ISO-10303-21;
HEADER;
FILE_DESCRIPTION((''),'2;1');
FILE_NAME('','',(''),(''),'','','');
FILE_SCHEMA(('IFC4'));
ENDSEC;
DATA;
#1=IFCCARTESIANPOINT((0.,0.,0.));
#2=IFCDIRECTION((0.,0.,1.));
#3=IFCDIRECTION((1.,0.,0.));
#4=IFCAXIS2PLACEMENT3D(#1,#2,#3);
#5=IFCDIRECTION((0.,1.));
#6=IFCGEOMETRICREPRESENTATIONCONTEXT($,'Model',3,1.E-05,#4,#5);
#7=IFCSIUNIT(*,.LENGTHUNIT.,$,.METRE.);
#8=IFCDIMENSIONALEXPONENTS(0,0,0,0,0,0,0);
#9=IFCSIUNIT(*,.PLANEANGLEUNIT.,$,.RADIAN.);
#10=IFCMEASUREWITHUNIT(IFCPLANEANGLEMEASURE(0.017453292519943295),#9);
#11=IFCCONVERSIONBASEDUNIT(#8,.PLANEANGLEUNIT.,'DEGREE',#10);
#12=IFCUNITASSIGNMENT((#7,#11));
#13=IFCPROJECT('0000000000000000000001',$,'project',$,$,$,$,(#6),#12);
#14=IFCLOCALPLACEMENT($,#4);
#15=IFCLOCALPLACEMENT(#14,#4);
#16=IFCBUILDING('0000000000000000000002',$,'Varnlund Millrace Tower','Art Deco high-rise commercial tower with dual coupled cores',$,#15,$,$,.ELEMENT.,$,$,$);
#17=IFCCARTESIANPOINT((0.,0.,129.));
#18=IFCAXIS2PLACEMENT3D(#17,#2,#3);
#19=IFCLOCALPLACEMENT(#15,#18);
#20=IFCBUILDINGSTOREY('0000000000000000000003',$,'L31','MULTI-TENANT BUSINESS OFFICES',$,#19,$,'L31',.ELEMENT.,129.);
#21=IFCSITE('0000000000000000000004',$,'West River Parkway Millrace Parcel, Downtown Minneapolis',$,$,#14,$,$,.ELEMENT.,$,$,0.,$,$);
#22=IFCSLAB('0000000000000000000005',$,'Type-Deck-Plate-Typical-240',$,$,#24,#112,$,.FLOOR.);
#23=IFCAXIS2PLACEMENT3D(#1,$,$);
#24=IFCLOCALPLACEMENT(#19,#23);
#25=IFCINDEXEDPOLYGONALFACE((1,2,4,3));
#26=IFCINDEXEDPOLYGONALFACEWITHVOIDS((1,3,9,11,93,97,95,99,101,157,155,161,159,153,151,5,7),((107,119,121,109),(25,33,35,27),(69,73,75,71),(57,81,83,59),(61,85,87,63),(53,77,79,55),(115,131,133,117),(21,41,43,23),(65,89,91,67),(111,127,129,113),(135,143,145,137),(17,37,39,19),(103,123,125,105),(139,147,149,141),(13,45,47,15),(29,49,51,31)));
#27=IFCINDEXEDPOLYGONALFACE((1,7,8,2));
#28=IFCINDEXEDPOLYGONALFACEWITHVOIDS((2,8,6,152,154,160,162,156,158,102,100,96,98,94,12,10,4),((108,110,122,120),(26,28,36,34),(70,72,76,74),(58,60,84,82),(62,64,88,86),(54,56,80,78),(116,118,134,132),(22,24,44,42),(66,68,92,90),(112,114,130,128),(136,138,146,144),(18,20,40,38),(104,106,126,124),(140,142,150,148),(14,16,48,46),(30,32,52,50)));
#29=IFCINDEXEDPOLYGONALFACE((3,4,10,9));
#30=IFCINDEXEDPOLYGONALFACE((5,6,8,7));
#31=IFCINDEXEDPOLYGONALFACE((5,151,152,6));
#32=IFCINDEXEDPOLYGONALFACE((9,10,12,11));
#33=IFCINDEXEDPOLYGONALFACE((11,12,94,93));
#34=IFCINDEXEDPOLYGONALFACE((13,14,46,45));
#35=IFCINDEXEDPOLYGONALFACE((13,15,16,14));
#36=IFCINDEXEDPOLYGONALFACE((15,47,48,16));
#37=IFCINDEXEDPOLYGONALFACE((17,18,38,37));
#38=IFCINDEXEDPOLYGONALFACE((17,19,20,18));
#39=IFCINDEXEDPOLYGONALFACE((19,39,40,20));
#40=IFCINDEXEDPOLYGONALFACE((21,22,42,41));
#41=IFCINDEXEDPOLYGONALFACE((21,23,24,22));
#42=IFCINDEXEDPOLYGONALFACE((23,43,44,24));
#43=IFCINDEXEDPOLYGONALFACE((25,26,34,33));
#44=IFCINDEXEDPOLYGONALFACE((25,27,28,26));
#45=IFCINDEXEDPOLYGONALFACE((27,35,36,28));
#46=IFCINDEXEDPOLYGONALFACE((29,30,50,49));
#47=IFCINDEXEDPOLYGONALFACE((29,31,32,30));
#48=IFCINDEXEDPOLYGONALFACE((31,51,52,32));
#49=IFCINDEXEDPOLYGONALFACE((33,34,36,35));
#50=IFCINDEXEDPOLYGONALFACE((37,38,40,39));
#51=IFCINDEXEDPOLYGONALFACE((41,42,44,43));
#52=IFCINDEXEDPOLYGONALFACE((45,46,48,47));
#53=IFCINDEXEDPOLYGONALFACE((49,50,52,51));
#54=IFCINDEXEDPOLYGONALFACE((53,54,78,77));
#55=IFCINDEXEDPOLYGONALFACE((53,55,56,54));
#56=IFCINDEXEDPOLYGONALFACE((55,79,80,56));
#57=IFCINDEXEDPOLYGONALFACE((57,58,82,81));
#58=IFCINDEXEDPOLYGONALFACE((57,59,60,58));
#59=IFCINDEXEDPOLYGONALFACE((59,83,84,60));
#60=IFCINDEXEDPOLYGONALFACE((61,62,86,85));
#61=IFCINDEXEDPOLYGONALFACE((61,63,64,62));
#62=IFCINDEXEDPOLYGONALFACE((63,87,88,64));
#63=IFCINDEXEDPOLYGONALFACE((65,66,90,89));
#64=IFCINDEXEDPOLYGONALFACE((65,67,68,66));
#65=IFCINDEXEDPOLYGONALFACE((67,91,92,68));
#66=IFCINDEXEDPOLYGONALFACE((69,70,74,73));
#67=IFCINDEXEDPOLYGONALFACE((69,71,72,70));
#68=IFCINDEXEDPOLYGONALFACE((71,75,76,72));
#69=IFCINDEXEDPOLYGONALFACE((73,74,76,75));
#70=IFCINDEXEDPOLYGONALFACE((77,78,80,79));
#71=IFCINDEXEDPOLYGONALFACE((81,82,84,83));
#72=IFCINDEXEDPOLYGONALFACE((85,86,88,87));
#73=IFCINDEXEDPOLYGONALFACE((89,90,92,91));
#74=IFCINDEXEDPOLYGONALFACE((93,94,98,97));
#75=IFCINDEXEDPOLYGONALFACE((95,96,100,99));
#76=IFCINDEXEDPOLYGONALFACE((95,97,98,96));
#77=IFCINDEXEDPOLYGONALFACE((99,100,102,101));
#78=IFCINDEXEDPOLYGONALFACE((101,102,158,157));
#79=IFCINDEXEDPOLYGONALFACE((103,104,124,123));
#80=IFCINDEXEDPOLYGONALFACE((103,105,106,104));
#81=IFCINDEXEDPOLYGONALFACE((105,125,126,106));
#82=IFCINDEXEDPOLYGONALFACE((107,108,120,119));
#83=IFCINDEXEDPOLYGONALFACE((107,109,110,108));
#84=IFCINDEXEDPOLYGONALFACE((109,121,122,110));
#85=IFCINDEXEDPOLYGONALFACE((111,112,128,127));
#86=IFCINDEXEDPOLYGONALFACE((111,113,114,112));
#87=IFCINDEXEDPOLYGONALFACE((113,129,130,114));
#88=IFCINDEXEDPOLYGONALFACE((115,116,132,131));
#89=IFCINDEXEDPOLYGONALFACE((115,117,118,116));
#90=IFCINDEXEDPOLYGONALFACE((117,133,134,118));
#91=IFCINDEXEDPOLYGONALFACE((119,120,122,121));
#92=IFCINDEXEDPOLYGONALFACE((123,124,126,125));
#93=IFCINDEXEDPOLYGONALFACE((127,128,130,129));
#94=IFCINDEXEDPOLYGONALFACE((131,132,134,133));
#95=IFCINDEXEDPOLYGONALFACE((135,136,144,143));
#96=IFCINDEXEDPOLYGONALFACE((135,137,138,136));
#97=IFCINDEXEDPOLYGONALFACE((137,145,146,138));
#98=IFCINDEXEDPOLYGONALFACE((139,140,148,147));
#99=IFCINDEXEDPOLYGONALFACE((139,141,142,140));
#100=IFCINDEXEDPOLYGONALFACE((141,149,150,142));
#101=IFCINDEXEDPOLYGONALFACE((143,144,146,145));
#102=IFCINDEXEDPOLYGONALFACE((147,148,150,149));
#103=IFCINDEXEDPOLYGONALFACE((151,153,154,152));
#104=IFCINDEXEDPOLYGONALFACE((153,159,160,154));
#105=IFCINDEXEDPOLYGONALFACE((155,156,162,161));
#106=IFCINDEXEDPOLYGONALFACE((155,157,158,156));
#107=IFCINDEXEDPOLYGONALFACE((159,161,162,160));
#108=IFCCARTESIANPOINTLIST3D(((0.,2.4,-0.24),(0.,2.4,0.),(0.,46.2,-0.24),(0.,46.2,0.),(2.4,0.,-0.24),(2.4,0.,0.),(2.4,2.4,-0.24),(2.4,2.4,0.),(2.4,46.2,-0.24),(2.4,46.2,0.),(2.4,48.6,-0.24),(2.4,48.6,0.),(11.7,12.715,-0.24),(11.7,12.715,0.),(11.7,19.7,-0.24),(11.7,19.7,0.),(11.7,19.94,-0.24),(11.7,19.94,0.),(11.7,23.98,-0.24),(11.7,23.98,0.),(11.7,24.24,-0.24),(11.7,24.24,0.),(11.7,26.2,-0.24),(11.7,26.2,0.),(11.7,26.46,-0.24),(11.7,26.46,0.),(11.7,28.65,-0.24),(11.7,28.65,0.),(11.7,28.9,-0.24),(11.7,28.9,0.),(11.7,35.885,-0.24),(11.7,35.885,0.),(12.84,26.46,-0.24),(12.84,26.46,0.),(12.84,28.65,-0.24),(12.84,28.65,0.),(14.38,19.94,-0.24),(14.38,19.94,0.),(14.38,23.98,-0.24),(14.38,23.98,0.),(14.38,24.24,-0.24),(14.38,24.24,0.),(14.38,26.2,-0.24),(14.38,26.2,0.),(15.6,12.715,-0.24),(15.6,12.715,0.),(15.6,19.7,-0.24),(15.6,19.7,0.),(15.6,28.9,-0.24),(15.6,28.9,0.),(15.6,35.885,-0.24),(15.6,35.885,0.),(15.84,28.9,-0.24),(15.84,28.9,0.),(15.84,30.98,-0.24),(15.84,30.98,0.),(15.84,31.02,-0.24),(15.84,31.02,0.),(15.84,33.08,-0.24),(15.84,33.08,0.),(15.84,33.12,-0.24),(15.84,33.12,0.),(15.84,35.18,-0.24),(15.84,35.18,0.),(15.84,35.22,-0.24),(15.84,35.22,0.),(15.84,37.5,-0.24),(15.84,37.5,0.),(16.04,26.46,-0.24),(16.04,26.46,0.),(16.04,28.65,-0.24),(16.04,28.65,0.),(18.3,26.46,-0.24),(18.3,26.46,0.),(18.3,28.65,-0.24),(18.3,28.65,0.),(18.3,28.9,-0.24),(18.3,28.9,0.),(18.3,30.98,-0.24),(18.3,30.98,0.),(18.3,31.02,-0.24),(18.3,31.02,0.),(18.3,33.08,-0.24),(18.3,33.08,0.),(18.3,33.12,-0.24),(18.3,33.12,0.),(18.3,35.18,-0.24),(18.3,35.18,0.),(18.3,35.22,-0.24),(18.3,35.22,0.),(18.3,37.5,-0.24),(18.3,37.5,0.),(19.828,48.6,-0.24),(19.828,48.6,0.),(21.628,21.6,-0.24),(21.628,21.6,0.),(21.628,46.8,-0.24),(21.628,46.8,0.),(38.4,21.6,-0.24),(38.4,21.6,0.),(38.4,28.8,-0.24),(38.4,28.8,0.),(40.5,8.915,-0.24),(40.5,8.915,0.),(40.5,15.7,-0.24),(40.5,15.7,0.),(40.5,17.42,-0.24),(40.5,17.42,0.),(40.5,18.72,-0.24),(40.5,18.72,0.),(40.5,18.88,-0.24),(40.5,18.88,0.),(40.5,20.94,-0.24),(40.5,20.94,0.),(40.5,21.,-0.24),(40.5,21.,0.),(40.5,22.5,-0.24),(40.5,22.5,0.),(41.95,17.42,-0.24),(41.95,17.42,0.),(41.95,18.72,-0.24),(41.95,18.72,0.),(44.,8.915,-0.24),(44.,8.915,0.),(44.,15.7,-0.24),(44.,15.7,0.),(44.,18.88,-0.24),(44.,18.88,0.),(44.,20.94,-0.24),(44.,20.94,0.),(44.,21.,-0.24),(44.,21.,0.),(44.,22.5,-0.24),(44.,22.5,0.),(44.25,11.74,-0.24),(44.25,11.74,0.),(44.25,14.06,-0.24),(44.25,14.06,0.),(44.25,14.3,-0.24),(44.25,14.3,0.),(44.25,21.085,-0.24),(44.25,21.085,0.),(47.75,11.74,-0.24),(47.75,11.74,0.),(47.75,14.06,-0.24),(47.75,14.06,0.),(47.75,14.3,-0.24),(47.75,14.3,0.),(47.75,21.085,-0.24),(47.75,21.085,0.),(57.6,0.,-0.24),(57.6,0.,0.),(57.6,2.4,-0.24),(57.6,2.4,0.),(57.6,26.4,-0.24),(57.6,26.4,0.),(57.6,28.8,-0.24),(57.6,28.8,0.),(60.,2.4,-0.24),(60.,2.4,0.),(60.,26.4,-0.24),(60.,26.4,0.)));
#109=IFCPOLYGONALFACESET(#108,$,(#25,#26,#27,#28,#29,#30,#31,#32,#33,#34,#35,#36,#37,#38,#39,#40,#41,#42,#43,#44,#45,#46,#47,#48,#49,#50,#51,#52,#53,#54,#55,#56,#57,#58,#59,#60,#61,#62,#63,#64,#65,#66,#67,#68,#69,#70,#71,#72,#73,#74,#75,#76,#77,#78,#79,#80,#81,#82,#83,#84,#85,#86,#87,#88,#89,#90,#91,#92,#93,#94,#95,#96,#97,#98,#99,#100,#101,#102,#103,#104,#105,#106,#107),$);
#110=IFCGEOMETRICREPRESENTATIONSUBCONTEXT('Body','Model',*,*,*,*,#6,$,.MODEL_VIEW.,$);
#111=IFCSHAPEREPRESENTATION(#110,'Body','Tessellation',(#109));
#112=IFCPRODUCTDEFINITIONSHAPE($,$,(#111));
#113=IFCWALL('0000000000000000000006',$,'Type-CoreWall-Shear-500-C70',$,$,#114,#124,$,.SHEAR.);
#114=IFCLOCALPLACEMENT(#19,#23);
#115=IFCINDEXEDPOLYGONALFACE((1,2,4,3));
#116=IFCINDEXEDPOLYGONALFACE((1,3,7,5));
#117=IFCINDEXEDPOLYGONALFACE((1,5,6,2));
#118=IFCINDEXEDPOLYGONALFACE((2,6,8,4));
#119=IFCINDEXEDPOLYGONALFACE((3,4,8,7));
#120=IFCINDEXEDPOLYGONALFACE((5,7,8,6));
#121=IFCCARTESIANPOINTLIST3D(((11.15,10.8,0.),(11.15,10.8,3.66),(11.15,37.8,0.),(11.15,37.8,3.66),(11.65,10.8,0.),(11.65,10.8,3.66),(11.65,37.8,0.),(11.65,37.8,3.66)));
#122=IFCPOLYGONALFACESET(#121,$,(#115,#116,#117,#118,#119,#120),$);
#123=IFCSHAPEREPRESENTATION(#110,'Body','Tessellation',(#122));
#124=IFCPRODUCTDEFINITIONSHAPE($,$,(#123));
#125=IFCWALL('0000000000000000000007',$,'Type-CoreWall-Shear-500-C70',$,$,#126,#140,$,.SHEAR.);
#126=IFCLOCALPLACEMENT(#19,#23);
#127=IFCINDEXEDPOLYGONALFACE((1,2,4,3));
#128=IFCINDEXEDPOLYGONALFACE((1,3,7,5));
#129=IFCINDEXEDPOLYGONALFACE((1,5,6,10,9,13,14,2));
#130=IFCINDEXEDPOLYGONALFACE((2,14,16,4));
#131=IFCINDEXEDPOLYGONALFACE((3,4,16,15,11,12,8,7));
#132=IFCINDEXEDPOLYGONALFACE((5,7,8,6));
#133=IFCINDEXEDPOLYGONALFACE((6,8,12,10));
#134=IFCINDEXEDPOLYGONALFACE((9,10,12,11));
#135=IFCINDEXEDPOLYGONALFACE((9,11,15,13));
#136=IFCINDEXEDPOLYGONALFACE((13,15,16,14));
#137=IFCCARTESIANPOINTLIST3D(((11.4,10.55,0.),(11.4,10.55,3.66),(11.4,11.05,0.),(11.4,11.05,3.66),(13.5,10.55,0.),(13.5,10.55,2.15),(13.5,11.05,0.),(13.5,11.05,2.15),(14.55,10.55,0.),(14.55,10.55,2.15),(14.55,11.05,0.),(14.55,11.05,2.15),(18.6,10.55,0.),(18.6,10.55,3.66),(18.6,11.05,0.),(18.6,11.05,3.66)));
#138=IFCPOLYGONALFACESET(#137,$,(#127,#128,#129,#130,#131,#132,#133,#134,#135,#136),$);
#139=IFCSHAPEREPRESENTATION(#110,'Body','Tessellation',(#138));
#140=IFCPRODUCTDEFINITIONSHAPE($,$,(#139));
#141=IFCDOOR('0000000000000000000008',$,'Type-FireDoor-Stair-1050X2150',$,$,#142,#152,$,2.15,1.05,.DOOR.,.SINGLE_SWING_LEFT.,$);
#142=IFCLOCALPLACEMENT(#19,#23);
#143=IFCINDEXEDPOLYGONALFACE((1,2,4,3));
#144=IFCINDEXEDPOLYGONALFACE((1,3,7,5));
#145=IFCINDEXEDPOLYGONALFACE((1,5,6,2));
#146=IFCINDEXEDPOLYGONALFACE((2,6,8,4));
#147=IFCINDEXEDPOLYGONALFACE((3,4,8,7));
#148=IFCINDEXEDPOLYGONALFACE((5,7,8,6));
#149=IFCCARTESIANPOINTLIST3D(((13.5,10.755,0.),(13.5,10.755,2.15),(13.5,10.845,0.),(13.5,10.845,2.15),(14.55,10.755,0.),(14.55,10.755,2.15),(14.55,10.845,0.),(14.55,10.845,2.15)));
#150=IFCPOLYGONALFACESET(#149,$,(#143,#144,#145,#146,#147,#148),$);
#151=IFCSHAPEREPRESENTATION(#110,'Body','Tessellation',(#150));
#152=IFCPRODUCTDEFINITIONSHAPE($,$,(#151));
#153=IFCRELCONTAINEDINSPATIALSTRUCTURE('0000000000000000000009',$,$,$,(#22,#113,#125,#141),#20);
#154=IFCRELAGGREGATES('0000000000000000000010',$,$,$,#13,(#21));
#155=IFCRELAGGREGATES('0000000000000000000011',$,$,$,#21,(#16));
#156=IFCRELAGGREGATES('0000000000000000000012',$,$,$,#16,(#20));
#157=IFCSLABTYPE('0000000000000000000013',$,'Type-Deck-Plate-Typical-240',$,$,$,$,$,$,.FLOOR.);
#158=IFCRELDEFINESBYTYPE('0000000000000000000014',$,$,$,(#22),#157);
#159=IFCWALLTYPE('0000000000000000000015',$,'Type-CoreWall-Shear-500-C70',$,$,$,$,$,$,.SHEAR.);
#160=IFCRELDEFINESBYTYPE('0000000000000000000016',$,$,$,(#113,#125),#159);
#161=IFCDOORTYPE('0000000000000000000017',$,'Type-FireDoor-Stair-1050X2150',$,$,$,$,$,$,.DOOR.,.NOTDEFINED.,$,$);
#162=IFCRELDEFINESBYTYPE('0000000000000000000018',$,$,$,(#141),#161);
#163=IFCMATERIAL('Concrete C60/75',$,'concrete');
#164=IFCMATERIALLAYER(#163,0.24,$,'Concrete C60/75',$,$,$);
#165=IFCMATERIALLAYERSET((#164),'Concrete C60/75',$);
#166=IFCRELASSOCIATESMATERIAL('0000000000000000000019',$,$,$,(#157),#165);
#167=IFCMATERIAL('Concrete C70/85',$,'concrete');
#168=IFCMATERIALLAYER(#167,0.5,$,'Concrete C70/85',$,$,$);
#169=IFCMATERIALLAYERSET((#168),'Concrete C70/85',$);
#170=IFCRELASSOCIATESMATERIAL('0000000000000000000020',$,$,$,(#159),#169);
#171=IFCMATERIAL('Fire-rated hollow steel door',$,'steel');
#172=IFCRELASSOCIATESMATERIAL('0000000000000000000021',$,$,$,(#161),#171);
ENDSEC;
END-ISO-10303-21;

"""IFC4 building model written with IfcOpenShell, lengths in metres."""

from ifc_helpers import new_model, entity, si_unit, converted_unit, direction, frame, origin_with_axes, origin_2d_with_axis, place, context, subcontext, project, spatial, polyline, rectangle, outline, extrude, material, layer, layer_set, type_object, element, fill, save


model = new_model("IFC4")

# Units and contexts
model_context = context("Model", 3, precision=1e-05, world=origin_with_axes(), true_north=direction((0.0, 1.0)))
body_context = subcontext(model_context, "Body", "Model", "MODEL_VIEW")
ifc_project = project(units=[si_unit("LENGTHUNIT", "METRE"), converted_unit("PLANEANGLEUNIT", "DEGREE", entity("IfcPlaneAngleMeasure", 0.017453292519943295), si_unit("PLANEANGLEUNIT", "RADIAN"), dimensions=[0, 0, 0, 0, 0, 0, 0])], contexts=[model_context])

# Site, building, storey
site_placement = place(None, origin_with_axes())
site = spatial("IfcSite", under=ifc_project, at=site_placement, Name="West River Parkway Millrace Parcel, Downtown Minneapolis", CompositionType="ELEMENT", RefElevation=0.0)
building_placement = place(site_placement, origin_with_axes())
building = spatial("IfcBuilding", under=site, at=building_placement, Name="Varnlund Millrace Tower", Description="Art Deco high-rise commercial tower with dual coupled cores", CompositionType="ELEMENT")
storey_placement = place(building_placement, frame((0.0, 0.0, 129.0), z_axis=(0.0, 0.0, 1.0), x_axis=(1.0, 0.0, 0.0)))
storey = spatial("IfcBuildingStorey", under=building, at=storey_placement, Name="L31", Description="MULTI-TENANT BUSINESS OFFICES", LongName="L31", CompositionType="ELEMENT", Elevation=129.0)

# Slab
ifc_material_1 = material(Name="Concrete C60/75", Category="concrete")
ifc_layer_1 = layer(ifc_material_1, 0.24, Name="Concrete C60/75")
ifc_layer_set_1 = layer_set([ifc_layer_1], Name="Concrete C60/75")
slab_type = type_object("IfcSlabType", Name="Type-Deck-Plate-Typical-240", PredefinedType="FLOOR", material=ifc_layer_set_1)
slab_placement = place(storey_placement, frame((0.0, 0.0, -0.24), z_axis=(0.0, 0.0, 1.0), x_axis=(1.0, 0.0, 0.0)))
element("IfcSlab", 1, at=slab_placement, inside=storey, type_object=slab_type, Name="Type-Deck-Plate-Typical-240", PredefinedType="FLOOR", context=body_context, shape_type="SweptSolid", body=[
    extrude(outline(polyline([(21.628, 21.6), (21.628, 46.8), (19.828, 48.6), (2.4, 48.6), (2.4, 46.2), (0.0, 46.2), (0.0, 2.4), (2.4, 2.4), (2.4, 0.0), (57.6, 0.0), (57.6, 2.4), (60.0, 2.4), (60.0, 26.4), (57.6, 26.4), (57.6, 28.8), (38.4, 28.8), (38.4, 21.6), (21.628, 21.6)]), holes=[polyline([(15.6, 12.715), (11.7, 12.715), (11.7, 19.7), (15.6, 19.7), (15.6, 12.715)]), polyline([(14.38, 23.98), (14.38, 19.94), (11.7, 19.94), (11.7, 23.98), (14.38, 23.98)]), polyline([(14.38, 24.24), (11.7, 24.24), (11.7, 26.2), (14.38, 26.2), (14.38, 24.24)]), polyline([(12.84, 26.46), (11.7, 26.46), (11.7, 28.65), (12.84, 28.65), (12.84, 26.46)]), polyline([(18.3, 28.9), (15.84, 28.9), (15.84, 30.98), (18.3, 30.98), (18.3, 28.9)]), polyline([(18.3, 31.02), (15.84, 31.02), (15.84, 33.08), (18.3, 33.08), (18.3, 31.02)]), polyline([(15.6, 28.9), (11.7, 28.9), (11.7, 35.885), (15.6, 35.885), (15.6, 28.9)]), polyline([(18.3, 33.12), (15.84, 33.12), (15.84, 35.18), (18.3, 35.18), (18.3, 33.12)]), polyline([(44.0, 8.915), (40.5, 8.915), (40.5, 15.7), (44.0, 15.7), (44.0, 8.915)]), polyline([(47.75, 11.74), (44.25, 11.74), (44.25, 14.06), (47.75, 14.06), (47.75, 11.74)]), polyline([(47.75, 14.3), (44.25, 14.3), (44.25, 21.085), (47.75, 21.085), (47.75, 14.3)]), polyline([(41.95, 17.42), (40.5, 17.42), (40.5, 18.72), (41.95, 18.72), (41.95, 17.42)]), polyline([(44.0, 18.88), (40.5, 18.88), (40.5, 20.94), (44.0, 20.94), (44.0, 18.88)]), polyline([(44.0, 21.0), (40.5, 21.0), (40.5, 22.5), (44.0, 22.5), (44.0, 21.0)]), polyline([(16.04, 26.46), (16.04, 28.65), (18.3, 28.65), (18.3, 26.46), (16.04, 26.46)]), polyline([(15.84, 35.22), (15.84, 37.5), (18.3, 37.5), (18.3, 35.22), (15.84, 35.22)])]), origin_with_axes(), (0.0, 0.0, 1.0), 0.24),
])

# Wall
ifc_material_2 = material(Name="Concrete C70/85", Category="concrete")
ifc_layer_2 = layer(ifc_material_2, 0.5, Name="Concrete C70/85")
ifc_layer_set_2 = layer_set([ifc_layer_2], Name="Concrete C70/85")
wall_type_1 = type_object("IfcWallType", Name="Type-CoreWall-Shear-500-C70", PredefinedType="SHEAR", material=ifc_layer_set_2)
wall_1_placement = place(storey_placement, frame((11.4, 10.8, 0.0), z_axis=(0.0, 0.0, 1.0), x_axis=(0.0, 1.0, 0.0)))
element("IfcWall", 2, at=wall_1_placement, inside=storey, type_object=wall_type_1, Name="Type-CoreWall-Shear-500-C70", PredefinedType="SHEAR", context=body_context, shape_type="SweptSolid", body=[
    extrude(outline(polyline([(0.0, -0.25), (27.0, -0.25), (27.0, 0.25), (0.0, 0.25), (0.0, -0.25)])), origin_with_axes(), (0.0, 0.0, 1.0), 3.66),
])

# Wall, opening, door
wall_2_placement = place(storey_placement, frame((11.4, 10.8, 0.0), z_axis=(0.0, 0.0, 1.0), x_axis=(1.0, 0.0, 0.0)))
wall_2 = element("IfcWall", 3, at=wall_2_placement, inside=storey, type_object=wall_type_1, Name="Type-CoreWall-Shear-500-C70", PredefinedType="SHEAR", context=body_context, shape_type="SweptSolid", body=[
    extrude(outline(polyline([(0.0, -0.25), (7.2, -0.25), (7.2, 0.25), (0.0, 0.25), (0.0, -0.25)])), origin_with_axes(), (0.0, 0.0, 1.0), 3.66),
])
opening_1_placement = place(wall_2_placement, frame((2.625, 0.0, 0.0), z_axis=(0.0, 0.0, 1.0), x_axis=(1.0, 0.0, 0.0)))
opening_1 = element("IfcOpeningElement", 4, at=opening_1_placement, cuts=wall_2, PredefinedType="OPENING", context=body_context, shape_type="SweptSolid", body=[
    extrude(rectangle(XDim=1.05, YDim=0.52, at=origin_2d_with_axis()), origin_with_axes(), (0.0, 0.0, 1.0), 2.15),
])
ifc_material_3 = material(Name="Fire-rated hollow steel door", Category="steel")
door_type_1 = type_object("IfcDoorType", Name="Type-FireDoor-Stair-1050X2150", OperationType="NOTDEFINED", PredefinedType="DOOR", material=ifc_material_3)
door_1_placement = place(wall_2_placement, frame((2.625, 0.0, 0.0), z_axis=(0.0, 0.0, 1.0), x_axis=(1.0, 0.0, 0.0)))
door_1 = element("IfcDoor", 5, at=door_1_placement, inside=storey, type_object=door_type_1, Name="Type-FireDoor-Stair-1050X2150", OperationType="SINGLE_SWING_LEFT", OverallHeight=2.15, OverallWidth=1.05, PredefinedType="DOOR", context=body_context, shape_type="SweptSolid", body=[
    extrude(rectangle(XDim=1.05, YDim=0.09, at=origin_2d_with_axis()), origin_with_axes(), (0.0, 0.0, 1.0), 2.15),
])
fill(opening_1, door_1)

save(model, "model.ifc")
